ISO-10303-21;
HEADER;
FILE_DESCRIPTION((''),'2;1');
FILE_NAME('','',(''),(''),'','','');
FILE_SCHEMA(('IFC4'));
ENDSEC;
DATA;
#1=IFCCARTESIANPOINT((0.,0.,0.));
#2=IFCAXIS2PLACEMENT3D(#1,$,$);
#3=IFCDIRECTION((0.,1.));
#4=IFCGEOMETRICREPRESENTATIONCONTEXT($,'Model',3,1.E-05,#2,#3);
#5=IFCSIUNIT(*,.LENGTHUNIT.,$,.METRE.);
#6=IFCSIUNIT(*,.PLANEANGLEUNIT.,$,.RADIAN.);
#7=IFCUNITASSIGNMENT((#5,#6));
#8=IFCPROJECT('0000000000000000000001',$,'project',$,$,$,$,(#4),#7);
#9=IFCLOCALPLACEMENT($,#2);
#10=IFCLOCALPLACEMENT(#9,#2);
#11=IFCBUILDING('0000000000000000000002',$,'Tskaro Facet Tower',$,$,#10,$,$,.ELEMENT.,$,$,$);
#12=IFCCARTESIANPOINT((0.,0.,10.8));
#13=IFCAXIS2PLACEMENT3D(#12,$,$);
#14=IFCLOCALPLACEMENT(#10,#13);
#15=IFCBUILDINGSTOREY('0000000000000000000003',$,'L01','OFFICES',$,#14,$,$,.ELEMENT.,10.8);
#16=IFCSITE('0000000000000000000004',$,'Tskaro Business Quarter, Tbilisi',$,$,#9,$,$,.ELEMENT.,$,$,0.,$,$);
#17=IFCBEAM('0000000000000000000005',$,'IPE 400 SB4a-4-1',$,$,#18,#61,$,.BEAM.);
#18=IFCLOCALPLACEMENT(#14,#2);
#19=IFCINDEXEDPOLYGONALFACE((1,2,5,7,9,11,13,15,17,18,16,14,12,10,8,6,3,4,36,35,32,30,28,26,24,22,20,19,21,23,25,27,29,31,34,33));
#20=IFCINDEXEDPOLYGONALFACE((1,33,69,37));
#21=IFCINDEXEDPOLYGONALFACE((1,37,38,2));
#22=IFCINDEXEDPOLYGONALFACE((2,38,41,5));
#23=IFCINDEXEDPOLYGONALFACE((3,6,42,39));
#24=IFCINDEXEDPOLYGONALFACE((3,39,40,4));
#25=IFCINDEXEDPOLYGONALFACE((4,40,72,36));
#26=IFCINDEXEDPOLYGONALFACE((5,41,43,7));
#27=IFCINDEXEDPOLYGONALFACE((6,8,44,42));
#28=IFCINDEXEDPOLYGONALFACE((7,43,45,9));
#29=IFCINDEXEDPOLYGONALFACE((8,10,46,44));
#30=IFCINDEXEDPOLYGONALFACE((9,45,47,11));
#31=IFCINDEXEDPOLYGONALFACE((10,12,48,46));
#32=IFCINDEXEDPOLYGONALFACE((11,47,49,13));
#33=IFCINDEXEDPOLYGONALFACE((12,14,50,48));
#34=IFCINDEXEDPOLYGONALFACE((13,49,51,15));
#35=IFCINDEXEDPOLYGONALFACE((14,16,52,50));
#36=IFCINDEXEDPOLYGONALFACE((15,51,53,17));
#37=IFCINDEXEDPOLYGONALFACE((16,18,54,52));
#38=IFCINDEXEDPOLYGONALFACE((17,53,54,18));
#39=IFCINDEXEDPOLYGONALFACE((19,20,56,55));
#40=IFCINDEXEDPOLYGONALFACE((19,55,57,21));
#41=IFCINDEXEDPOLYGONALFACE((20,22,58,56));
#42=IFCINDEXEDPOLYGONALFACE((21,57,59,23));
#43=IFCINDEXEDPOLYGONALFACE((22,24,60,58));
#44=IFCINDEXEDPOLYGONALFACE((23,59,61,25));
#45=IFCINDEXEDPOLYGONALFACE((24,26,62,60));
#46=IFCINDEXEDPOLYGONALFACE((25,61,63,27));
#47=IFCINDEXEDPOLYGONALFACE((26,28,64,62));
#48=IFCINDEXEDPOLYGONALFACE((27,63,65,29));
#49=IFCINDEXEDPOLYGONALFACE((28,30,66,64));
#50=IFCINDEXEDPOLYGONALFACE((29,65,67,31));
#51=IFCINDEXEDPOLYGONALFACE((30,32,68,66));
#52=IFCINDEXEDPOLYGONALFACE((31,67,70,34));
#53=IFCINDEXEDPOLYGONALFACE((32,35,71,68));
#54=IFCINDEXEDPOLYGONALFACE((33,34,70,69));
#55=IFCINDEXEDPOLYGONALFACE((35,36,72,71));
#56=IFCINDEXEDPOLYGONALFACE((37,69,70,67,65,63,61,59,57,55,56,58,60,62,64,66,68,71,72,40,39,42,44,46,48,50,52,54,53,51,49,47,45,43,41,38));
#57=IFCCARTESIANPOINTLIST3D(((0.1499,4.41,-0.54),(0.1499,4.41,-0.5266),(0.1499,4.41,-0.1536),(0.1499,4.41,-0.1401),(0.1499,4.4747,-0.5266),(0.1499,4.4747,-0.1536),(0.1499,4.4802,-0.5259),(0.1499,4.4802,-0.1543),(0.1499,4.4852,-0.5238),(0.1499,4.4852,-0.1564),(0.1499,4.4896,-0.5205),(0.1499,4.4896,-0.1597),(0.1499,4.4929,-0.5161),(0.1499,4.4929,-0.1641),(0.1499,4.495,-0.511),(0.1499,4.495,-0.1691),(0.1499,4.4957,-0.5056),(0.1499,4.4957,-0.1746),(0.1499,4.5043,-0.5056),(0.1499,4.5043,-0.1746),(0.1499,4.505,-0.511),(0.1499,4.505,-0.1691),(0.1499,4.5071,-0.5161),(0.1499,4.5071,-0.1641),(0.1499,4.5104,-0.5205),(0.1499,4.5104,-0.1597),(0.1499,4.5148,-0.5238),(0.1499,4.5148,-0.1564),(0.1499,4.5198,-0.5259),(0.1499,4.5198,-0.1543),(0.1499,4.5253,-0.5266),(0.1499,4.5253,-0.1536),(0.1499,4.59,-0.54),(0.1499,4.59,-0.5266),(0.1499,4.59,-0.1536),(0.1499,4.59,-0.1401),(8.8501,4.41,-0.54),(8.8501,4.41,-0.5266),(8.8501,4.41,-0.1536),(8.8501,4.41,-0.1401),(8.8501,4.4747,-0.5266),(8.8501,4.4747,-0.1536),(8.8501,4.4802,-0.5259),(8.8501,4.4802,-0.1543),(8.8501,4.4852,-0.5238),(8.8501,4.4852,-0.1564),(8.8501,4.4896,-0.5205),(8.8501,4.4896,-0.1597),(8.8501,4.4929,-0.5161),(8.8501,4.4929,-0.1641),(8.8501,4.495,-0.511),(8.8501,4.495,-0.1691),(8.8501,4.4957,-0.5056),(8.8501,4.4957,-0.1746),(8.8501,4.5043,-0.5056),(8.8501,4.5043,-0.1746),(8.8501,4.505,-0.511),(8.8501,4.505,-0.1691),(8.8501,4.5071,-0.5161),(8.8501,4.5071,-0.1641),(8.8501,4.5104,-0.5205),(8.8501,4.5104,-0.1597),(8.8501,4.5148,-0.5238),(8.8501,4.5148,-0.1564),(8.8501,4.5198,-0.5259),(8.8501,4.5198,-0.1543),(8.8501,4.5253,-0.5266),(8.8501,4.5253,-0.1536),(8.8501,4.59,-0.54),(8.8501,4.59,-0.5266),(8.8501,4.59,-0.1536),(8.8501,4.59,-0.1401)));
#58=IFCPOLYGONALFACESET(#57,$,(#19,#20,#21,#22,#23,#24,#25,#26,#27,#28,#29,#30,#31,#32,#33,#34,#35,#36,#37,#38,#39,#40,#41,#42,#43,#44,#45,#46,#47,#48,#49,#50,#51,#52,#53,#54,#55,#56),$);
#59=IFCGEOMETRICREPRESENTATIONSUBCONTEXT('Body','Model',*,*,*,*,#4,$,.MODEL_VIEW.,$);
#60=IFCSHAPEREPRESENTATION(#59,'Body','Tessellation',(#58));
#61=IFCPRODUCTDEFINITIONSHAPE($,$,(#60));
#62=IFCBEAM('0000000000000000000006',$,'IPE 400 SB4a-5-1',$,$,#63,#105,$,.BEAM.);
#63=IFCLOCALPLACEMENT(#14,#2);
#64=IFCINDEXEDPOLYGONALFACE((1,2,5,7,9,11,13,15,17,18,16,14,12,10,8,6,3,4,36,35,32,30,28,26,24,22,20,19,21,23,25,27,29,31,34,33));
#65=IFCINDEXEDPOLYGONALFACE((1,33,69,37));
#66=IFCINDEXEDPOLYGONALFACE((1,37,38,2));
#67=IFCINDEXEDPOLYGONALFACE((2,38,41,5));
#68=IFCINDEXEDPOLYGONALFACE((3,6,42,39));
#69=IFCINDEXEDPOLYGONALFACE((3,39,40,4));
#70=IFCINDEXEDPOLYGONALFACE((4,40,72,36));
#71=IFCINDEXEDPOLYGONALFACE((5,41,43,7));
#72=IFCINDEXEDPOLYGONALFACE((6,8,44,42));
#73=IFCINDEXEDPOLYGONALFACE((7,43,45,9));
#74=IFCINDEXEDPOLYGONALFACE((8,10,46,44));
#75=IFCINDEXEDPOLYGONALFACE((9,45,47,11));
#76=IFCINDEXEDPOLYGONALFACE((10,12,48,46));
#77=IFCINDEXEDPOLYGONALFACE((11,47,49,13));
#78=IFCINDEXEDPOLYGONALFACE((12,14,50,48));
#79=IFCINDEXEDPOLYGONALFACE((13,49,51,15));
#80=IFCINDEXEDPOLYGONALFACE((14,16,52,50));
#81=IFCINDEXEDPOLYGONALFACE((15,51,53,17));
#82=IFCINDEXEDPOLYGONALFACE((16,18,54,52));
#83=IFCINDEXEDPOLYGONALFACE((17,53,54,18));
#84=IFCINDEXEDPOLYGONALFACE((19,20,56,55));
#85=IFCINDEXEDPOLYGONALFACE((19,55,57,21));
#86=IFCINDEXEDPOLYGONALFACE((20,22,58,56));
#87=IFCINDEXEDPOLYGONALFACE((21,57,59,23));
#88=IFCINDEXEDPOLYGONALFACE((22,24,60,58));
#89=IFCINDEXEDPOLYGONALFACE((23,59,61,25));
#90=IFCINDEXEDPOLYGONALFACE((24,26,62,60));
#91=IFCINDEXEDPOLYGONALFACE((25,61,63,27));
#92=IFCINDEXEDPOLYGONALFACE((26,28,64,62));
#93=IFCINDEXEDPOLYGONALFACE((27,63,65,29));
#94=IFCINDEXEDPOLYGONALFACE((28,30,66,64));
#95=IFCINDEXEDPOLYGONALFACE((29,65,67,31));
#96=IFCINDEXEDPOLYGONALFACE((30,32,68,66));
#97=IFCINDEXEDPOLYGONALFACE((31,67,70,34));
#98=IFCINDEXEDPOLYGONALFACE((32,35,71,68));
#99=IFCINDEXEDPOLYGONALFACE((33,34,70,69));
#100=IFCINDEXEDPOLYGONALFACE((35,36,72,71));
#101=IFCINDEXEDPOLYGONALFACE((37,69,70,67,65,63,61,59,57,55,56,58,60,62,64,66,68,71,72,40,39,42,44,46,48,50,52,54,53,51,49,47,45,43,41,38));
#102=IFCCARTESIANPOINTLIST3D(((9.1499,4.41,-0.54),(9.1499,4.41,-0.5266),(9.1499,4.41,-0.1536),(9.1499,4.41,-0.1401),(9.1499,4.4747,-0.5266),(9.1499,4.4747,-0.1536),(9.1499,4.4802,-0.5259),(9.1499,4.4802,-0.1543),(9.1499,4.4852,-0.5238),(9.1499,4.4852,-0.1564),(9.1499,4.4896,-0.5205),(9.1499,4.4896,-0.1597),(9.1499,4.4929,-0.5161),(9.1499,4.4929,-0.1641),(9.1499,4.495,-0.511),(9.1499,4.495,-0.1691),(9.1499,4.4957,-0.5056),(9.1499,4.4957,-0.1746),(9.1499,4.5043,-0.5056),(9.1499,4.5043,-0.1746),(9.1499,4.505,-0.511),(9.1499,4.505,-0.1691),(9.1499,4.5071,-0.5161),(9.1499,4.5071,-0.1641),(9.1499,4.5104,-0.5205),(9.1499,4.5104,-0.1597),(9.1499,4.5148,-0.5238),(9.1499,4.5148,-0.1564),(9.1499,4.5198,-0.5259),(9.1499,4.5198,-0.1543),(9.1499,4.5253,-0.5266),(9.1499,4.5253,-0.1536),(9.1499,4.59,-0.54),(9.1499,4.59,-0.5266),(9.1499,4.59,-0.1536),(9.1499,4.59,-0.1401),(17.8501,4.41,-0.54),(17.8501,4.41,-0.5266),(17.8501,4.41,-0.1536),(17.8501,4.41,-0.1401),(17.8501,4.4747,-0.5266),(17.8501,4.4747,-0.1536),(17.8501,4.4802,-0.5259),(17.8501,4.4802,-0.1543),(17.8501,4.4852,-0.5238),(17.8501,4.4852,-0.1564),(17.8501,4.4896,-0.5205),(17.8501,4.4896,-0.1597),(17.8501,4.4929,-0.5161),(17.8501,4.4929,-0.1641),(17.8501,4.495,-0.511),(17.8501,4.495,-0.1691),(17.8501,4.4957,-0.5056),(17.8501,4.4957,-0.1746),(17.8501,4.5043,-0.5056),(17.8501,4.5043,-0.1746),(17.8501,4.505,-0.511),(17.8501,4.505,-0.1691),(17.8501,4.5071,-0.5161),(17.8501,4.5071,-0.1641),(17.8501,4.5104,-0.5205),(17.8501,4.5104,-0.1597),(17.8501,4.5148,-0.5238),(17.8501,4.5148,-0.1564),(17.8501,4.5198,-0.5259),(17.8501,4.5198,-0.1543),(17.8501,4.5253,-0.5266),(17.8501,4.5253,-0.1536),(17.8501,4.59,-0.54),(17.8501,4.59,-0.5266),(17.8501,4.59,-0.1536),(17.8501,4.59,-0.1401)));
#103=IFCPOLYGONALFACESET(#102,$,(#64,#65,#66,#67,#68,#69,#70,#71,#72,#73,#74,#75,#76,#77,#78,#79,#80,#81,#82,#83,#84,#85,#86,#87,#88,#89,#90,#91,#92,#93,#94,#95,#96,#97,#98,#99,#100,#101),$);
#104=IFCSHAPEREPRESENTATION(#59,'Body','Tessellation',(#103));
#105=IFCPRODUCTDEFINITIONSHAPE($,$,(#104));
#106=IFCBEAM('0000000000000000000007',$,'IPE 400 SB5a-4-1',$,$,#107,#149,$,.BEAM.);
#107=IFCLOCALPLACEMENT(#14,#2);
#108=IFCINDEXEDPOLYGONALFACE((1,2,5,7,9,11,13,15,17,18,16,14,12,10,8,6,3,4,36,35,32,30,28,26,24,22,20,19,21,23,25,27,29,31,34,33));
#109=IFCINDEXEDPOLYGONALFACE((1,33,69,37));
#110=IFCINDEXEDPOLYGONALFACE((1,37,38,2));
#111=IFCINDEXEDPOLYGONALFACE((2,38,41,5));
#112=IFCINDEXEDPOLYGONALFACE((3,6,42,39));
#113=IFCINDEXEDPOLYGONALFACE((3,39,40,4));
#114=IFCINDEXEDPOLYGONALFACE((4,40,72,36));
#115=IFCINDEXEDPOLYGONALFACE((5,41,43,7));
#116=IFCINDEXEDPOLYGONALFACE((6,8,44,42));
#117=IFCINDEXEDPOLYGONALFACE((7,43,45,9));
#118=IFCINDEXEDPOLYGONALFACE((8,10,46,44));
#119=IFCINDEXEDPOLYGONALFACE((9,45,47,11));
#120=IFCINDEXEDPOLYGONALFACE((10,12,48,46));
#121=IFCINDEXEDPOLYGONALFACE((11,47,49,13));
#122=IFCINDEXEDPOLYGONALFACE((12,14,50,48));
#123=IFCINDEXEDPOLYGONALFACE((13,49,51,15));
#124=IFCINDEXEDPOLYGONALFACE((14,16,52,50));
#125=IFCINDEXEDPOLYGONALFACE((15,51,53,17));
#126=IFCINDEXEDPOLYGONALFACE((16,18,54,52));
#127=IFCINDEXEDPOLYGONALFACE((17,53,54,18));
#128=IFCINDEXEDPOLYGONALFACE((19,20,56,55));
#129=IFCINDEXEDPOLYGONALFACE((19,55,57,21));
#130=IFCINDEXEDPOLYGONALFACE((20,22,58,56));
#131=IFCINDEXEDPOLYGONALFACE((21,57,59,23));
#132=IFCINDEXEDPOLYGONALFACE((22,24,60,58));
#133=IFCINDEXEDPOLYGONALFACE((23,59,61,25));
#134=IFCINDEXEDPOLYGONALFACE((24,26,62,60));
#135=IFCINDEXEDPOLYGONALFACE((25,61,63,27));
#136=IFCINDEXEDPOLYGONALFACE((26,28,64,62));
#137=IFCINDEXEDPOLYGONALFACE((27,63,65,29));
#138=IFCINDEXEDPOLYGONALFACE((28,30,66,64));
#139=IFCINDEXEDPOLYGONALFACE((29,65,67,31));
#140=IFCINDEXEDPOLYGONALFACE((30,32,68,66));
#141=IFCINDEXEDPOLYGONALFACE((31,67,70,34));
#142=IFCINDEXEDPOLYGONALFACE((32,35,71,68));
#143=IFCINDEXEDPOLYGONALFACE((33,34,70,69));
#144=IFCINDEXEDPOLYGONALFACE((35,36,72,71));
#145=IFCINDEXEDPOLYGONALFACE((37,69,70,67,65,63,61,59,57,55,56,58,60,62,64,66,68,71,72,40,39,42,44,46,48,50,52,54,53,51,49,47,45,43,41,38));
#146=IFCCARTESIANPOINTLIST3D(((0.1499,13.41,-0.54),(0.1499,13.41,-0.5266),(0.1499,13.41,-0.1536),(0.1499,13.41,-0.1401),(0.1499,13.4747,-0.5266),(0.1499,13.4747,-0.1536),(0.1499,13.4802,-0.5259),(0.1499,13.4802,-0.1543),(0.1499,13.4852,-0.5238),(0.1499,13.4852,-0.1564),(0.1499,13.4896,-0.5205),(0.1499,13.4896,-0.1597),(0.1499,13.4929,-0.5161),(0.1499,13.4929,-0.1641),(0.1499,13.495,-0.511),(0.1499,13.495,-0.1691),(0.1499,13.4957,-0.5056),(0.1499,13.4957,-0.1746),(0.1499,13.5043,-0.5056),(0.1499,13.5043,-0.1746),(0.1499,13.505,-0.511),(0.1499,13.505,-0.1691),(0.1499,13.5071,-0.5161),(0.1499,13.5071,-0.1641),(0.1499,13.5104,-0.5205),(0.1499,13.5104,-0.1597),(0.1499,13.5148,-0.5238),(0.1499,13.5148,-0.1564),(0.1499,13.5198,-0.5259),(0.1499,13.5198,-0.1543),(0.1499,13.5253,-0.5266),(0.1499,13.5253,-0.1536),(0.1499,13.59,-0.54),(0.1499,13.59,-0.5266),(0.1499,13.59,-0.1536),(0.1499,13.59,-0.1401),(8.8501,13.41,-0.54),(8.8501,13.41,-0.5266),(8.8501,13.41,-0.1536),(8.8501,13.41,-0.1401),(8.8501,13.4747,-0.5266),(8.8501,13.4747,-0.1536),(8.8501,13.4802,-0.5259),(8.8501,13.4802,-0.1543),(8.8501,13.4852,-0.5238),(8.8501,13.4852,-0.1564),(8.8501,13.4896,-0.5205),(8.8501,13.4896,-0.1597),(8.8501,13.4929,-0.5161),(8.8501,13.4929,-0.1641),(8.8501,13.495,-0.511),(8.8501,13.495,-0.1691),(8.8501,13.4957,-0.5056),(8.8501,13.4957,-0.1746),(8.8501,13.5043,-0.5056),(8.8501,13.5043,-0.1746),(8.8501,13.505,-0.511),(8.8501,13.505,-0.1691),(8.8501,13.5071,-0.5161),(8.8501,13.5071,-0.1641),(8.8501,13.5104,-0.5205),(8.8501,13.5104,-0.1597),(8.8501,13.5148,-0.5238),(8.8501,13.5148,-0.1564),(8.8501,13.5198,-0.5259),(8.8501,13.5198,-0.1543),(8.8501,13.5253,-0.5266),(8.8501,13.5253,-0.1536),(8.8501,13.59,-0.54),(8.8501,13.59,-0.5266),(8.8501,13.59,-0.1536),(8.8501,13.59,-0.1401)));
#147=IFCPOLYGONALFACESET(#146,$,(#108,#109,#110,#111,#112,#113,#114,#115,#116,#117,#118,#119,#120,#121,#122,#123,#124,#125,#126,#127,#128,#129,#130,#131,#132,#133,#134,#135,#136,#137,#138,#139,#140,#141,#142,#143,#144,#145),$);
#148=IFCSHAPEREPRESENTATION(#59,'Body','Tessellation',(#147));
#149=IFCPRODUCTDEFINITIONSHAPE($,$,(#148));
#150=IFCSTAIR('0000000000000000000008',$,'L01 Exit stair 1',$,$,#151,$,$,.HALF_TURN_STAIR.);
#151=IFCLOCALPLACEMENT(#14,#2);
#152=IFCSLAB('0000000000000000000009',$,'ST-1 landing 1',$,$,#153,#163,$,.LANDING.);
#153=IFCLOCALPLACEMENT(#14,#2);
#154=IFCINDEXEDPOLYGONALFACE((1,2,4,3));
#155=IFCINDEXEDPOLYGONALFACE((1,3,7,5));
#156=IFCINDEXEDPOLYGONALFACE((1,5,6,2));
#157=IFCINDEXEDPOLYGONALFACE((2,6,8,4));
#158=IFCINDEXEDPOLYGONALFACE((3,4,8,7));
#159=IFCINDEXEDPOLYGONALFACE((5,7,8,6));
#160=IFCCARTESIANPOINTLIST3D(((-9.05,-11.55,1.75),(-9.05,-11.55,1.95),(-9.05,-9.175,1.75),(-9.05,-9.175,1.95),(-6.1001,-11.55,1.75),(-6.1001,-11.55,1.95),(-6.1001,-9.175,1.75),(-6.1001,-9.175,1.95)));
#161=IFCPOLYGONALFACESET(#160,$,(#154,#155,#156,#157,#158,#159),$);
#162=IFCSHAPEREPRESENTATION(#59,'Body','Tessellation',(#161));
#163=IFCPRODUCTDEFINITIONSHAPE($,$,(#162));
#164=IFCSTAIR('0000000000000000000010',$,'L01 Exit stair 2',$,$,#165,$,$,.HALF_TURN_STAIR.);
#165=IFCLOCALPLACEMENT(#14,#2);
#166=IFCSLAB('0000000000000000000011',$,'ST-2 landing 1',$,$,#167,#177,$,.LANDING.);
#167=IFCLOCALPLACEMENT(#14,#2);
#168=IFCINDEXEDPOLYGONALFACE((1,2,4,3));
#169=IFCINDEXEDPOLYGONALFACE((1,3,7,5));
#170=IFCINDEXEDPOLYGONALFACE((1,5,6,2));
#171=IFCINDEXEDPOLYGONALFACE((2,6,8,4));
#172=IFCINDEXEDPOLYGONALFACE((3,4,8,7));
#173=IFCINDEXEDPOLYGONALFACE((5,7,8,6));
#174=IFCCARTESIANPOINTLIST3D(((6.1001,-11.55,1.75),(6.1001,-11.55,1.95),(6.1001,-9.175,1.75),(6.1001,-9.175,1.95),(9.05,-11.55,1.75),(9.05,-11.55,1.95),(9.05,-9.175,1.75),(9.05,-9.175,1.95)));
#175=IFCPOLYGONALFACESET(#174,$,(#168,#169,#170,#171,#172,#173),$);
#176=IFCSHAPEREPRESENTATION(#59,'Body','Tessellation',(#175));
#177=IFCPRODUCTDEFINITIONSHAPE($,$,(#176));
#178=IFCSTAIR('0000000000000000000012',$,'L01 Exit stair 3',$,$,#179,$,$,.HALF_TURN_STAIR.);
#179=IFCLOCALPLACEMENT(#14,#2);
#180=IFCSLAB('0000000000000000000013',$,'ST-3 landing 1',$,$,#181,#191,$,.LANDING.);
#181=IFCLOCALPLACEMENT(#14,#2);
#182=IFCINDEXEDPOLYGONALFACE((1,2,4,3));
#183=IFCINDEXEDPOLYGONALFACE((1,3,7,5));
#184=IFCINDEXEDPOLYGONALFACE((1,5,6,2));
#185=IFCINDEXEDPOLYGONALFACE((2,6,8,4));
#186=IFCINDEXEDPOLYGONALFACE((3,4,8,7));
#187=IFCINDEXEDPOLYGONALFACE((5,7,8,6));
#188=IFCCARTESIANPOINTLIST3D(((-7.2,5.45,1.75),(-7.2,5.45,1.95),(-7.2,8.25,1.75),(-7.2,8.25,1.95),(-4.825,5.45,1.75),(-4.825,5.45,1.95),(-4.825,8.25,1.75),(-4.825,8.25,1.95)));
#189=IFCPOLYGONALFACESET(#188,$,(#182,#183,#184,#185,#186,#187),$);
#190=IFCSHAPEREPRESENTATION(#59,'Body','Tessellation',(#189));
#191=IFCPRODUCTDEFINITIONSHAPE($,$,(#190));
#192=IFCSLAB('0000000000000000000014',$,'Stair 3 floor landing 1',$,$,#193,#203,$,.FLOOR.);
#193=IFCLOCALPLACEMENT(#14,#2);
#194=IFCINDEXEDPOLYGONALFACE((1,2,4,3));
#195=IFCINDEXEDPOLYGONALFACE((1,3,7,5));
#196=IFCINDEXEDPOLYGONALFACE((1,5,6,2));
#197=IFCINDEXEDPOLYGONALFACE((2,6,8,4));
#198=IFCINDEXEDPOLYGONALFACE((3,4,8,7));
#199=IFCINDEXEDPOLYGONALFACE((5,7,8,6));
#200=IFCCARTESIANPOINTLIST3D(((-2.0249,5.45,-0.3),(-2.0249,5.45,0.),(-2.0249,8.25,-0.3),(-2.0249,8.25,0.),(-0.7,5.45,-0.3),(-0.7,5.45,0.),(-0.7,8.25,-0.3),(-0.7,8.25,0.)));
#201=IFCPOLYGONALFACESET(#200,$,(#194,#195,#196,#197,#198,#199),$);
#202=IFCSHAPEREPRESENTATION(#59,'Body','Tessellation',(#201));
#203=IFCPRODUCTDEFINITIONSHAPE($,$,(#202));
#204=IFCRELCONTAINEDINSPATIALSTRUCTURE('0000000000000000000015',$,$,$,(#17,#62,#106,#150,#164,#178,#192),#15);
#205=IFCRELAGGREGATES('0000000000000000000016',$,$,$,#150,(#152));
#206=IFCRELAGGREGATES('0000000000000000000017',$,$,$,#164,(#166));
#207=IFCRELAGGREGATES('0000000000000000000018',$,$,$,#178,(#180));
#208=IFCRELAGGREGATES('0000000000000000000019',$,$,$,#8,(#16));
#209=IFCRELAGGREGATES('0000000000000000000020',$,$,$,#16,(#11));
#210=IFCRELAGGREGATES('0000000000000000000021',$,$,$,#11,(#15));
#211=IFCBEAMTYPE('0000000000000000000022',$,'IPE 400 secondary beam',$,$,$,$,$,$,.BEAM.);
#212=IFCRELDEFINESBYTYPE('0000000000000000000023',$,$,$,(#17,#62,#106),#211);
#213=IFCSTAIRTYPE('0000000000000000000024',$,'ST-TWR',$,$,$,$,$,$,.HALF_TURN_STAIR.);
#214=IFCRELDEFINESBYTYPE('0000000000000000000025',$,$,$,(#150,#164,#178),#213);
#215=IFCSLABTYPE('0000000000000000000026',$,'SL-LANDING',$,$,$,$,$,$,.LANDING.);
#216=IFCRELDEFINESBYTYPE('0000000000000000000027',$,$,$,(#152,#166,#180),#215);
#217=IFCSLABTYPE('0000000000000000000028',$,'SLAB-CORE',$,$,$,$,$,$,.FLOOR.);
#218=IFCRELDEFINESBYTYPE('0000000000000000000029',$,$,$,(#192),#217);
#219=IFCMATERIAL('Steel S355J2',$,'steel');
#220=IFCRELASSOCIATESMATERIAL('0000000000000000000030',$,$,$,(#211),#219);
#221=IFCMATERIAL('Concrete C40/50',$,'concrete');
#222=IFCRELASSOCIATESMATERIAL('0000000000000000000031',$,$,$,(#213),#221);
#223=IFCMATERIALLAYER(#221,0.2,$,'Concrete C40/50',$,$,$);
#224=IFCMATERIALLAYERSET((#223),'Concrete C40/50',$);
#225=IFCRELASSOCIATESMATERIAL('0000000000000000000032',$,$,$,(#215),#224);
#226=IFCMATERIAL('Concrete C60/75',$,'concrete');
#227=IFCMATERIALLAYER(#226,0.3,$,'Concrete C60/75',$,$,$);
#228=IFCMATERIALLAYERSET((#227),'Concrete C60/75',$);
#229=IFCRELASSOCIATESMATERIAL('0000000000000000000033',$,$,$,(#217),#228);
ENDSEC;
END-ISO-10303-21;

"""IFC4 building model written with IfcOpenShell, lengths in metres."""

from ifc_helpers import new_model, si_unit, direction, frame, origin, origin_2d, place, context, subcontext, project, spatial, polyline, i_section, outline, extrude, material, layer, layer_set, material_profile, profile_set, type_object, element, aggregate, save


model = new_model("IFC4")

# Units and contexts
model_context = context("Model", 3, precision=1e-05, world=origin(), true_north=direction((0.0, 1.0)))
body_context = subcontext(model_context, "Body", "Model", "MODEL_VIEW")
ifc_project = project(units=[si_unit("LENGTHUNIT", "METRE"), si_unit("PLANEANGLEUNIT", "RADIAN")], contexts=[model_context])

# Site, building, storey
site_placement = place(None, origin())
site = spatial("IfcSite", under=ifc_project, at=site_placement, Name="Tskaro Business Quarter, Tbilisi", CompositionType="ELEMENT", RefElevation=0.0)
building_placement = place(site_placement, origin())
building = spatial("IfcBuilding", under=site, at=building_placement, Name="Tskaro Facet Tower", CompositionType="ELEMENT")
storey_placement = place(building_placement, frame((0.0, 0.0, 10.8)))
storey = spatial("IfcBuildingStorey", under=building, at=storey_placement, Name="L01", Description="OFFICES", CompositionType="ELEMENT", Elevation=10.8)

# Beams
ifc_material_1 = material(Name="Steel S355J2", Category="steel")
ifc_material_profile_1 = material_profile(ifc_material_1, i_section(OverallWidth=0.1799, OverallDepth=0.3999, WebThickness=0.0085, FlangeThickness=0.0134, FilletRadius=0.021, at=origin_2d()), Name="IPE 400")
ifc_profile_set_1 = profile_set([ifc_material_profile_1], Name="Steel S355J2")
beam_type_1 = type_object("IfcBeamType", Name="IPE 400 secondary beam", PredefinedType="BEAM", material=ifc_profile_set_1)
for number, where, z_axis, x_axis, name in (
    (1, (0.1499, 4.5, -0.3401), (1.0, 0.0, 0.0), (0.0, 1.0, 0.0), "IPE 400 SB4a-4-1"),
    (2, (9.1499, 4.5, -0.3401), (1.0, 0.0, 0.0), (0.0, 1.0, 0.0), "IPE 400 SB4a-5-1"),
    (3, (0.1499, 13.5, -0.3401), (1.0, 0.0, 0.0), (0.0, 1.0, 0.0), "IPE 400 SB5a-4-1"),
):
    element("IfcBeam", number, at=place(storey_placement, frame(where, z_axis=z_axis, x_axis=x_axis)), inside=storey, type_object=beam_type_1, Name=name, PredefinedType="BEAM", context=body_context, shape_type="SweptSolid", body=[
        extrude(i_section(OverallWidth=0.1799, OverallDepth=0.3999, WebThickness=0.0085, FlangeThickness=0.0134, FilletRadius=0.021, at=origin_2d()), origin(), (0.0, 0.0, 1.0), 8.7002),
    ])

# Stairs, slabs
ifc_material_2 = material(Name="Concrete C40/50", Category="concrete")
stair_type = type_object("IfcStairType", Name="ST-TWR", PredefinedType="HALF_TURN_STAIR", material=ifc_material_2)
stair_1_placement = place(storey_placement, origin())
stair_1 = element("IfcStair", 4, at=stair_1_placement, inside=storey, type_object=stair_type, Name="L01 Exit stair 1", PredefinedType="HALF_TURN_STAIR")
ifc_layer_1 = layer(ifc_material_2, 0.2, Name="Concrete C40/50")
ifc_layer_set_1 = layer_set([ifc_layer_1], Name="Concrete C40/50")
slab_type_1 = type_object("IfcSlabType", Name="SL-LANDING", PredefinedType="LANDING", material=ifc_layer_set_1)
slab_1_placement = place(storey_placement, frame((0.0, 0.0, 1.75)))
slab_1 = element("IfcSlab", 5, at=slab_1_placement, type_object=slab_type_1, Name="ST-1 landing 1", PredefinedType="LANDING", context=body_context, shape_type="SweptSolid", body=[
    extrude(outline(polyline([(-9.05, -11.55), (-6.1001, -11.55), (-6.1001, -9.175), (-9.05, -9.175), (-9.05, -11.55)])), origin(), (0.0, 0.0, 1.0), 0.2),
])
aggregate(stair_1, [slab_1])
stair_2_placement = place(storey_placement, origin())
stair_2 = element("IfcStair", 6, at=stair_2_placement, inside=storey, type_object=stair_type, Name="L01 Exit stair 2", PredefinedType="HALF_TURN_STAIR")
slab_2_placement = place(storey_placement, frame((0.0, 0.0, 1.75)))
slab_2 = element("IfcSlab", 7, at=slab_2_placement, type_object=slab_type_1, Name="ST-2 landing 1", PredefinedType="LANDING", context=body_context, shape_type="SweptSolid", body=[
    extrude(outline(polyline([(6.1001, -11.55), (9.05, -11.55), (9.05, -9.175), (6.1001, -9.175), (6.1001, -11.55)])), origin(), (0.0, 0.0, 1.0), 0.2),
])
aggregate(stair_2, [slab_2])
stair_3_placement = place(storey_placement, origin())
stair_3 = element("IfcStair", 8, at=stair_3_placement, inside=storey, type_object=stair_type, Name="L01 Exit stair 3", PredefinedType="HALF_TURN_STAIR")
slab_3_placement = place(storey_placement, frame((0.0, 0.0, 1.75)))
slab_3 = element("IfcSlab", 9, at=slab_3_placement, type_object=slab_type_1, Name="ST-3 landing 1", PredefinedType="LANDING", context=body_context, shape_type="SweptSolid", body=[
    extrude(outline(polyline([(-7.2, 5.45), (-4.825, 5.45), (-4.825, 8.25), (-7.2, 8.25), (-7.2, 5.45)])), origin(), (0.0, 0.0, 1.0), 0.2),
])
aggregate(stair_3, [slab_3])

# Slab
ifc_material_3 = material(Name="Concrete C60/75", Category="concrete")
ifc_layer_2 = layer(ifc_material_3, 0.3, Name="Concrete C60/75")
ifc_layer_set_2 = layer_set([ifc_layer_2], Name="Concrete C60/75")
slab_type_2 = type_object("IfcSlabType", Name="SLAB-CORE", PredefinedType="FLOOR", material=ifc_layer_set_2)
slab_4_placement = place(storey_placement, frame((0.0, 0.0, -0.3)))
element("IfcSlab", 10, at=slab_4_placement, inside=storey, type_object=slab_type_2, Name="Stair 3 floor landing 1", PredefinedType="FLOOR", context=body_context, shape_type="SweptSolid", body=[
    extrude(outline(polyline([(-2.0249, 5.45), (-0.7, 5.45), (-0.7, 8.25), (-2.0249, 8.25), (-2.0249, 5.45)])), origin(), (0.0, 0.0, 1.0), 0.3),
])

save(model, "model.ifc")
